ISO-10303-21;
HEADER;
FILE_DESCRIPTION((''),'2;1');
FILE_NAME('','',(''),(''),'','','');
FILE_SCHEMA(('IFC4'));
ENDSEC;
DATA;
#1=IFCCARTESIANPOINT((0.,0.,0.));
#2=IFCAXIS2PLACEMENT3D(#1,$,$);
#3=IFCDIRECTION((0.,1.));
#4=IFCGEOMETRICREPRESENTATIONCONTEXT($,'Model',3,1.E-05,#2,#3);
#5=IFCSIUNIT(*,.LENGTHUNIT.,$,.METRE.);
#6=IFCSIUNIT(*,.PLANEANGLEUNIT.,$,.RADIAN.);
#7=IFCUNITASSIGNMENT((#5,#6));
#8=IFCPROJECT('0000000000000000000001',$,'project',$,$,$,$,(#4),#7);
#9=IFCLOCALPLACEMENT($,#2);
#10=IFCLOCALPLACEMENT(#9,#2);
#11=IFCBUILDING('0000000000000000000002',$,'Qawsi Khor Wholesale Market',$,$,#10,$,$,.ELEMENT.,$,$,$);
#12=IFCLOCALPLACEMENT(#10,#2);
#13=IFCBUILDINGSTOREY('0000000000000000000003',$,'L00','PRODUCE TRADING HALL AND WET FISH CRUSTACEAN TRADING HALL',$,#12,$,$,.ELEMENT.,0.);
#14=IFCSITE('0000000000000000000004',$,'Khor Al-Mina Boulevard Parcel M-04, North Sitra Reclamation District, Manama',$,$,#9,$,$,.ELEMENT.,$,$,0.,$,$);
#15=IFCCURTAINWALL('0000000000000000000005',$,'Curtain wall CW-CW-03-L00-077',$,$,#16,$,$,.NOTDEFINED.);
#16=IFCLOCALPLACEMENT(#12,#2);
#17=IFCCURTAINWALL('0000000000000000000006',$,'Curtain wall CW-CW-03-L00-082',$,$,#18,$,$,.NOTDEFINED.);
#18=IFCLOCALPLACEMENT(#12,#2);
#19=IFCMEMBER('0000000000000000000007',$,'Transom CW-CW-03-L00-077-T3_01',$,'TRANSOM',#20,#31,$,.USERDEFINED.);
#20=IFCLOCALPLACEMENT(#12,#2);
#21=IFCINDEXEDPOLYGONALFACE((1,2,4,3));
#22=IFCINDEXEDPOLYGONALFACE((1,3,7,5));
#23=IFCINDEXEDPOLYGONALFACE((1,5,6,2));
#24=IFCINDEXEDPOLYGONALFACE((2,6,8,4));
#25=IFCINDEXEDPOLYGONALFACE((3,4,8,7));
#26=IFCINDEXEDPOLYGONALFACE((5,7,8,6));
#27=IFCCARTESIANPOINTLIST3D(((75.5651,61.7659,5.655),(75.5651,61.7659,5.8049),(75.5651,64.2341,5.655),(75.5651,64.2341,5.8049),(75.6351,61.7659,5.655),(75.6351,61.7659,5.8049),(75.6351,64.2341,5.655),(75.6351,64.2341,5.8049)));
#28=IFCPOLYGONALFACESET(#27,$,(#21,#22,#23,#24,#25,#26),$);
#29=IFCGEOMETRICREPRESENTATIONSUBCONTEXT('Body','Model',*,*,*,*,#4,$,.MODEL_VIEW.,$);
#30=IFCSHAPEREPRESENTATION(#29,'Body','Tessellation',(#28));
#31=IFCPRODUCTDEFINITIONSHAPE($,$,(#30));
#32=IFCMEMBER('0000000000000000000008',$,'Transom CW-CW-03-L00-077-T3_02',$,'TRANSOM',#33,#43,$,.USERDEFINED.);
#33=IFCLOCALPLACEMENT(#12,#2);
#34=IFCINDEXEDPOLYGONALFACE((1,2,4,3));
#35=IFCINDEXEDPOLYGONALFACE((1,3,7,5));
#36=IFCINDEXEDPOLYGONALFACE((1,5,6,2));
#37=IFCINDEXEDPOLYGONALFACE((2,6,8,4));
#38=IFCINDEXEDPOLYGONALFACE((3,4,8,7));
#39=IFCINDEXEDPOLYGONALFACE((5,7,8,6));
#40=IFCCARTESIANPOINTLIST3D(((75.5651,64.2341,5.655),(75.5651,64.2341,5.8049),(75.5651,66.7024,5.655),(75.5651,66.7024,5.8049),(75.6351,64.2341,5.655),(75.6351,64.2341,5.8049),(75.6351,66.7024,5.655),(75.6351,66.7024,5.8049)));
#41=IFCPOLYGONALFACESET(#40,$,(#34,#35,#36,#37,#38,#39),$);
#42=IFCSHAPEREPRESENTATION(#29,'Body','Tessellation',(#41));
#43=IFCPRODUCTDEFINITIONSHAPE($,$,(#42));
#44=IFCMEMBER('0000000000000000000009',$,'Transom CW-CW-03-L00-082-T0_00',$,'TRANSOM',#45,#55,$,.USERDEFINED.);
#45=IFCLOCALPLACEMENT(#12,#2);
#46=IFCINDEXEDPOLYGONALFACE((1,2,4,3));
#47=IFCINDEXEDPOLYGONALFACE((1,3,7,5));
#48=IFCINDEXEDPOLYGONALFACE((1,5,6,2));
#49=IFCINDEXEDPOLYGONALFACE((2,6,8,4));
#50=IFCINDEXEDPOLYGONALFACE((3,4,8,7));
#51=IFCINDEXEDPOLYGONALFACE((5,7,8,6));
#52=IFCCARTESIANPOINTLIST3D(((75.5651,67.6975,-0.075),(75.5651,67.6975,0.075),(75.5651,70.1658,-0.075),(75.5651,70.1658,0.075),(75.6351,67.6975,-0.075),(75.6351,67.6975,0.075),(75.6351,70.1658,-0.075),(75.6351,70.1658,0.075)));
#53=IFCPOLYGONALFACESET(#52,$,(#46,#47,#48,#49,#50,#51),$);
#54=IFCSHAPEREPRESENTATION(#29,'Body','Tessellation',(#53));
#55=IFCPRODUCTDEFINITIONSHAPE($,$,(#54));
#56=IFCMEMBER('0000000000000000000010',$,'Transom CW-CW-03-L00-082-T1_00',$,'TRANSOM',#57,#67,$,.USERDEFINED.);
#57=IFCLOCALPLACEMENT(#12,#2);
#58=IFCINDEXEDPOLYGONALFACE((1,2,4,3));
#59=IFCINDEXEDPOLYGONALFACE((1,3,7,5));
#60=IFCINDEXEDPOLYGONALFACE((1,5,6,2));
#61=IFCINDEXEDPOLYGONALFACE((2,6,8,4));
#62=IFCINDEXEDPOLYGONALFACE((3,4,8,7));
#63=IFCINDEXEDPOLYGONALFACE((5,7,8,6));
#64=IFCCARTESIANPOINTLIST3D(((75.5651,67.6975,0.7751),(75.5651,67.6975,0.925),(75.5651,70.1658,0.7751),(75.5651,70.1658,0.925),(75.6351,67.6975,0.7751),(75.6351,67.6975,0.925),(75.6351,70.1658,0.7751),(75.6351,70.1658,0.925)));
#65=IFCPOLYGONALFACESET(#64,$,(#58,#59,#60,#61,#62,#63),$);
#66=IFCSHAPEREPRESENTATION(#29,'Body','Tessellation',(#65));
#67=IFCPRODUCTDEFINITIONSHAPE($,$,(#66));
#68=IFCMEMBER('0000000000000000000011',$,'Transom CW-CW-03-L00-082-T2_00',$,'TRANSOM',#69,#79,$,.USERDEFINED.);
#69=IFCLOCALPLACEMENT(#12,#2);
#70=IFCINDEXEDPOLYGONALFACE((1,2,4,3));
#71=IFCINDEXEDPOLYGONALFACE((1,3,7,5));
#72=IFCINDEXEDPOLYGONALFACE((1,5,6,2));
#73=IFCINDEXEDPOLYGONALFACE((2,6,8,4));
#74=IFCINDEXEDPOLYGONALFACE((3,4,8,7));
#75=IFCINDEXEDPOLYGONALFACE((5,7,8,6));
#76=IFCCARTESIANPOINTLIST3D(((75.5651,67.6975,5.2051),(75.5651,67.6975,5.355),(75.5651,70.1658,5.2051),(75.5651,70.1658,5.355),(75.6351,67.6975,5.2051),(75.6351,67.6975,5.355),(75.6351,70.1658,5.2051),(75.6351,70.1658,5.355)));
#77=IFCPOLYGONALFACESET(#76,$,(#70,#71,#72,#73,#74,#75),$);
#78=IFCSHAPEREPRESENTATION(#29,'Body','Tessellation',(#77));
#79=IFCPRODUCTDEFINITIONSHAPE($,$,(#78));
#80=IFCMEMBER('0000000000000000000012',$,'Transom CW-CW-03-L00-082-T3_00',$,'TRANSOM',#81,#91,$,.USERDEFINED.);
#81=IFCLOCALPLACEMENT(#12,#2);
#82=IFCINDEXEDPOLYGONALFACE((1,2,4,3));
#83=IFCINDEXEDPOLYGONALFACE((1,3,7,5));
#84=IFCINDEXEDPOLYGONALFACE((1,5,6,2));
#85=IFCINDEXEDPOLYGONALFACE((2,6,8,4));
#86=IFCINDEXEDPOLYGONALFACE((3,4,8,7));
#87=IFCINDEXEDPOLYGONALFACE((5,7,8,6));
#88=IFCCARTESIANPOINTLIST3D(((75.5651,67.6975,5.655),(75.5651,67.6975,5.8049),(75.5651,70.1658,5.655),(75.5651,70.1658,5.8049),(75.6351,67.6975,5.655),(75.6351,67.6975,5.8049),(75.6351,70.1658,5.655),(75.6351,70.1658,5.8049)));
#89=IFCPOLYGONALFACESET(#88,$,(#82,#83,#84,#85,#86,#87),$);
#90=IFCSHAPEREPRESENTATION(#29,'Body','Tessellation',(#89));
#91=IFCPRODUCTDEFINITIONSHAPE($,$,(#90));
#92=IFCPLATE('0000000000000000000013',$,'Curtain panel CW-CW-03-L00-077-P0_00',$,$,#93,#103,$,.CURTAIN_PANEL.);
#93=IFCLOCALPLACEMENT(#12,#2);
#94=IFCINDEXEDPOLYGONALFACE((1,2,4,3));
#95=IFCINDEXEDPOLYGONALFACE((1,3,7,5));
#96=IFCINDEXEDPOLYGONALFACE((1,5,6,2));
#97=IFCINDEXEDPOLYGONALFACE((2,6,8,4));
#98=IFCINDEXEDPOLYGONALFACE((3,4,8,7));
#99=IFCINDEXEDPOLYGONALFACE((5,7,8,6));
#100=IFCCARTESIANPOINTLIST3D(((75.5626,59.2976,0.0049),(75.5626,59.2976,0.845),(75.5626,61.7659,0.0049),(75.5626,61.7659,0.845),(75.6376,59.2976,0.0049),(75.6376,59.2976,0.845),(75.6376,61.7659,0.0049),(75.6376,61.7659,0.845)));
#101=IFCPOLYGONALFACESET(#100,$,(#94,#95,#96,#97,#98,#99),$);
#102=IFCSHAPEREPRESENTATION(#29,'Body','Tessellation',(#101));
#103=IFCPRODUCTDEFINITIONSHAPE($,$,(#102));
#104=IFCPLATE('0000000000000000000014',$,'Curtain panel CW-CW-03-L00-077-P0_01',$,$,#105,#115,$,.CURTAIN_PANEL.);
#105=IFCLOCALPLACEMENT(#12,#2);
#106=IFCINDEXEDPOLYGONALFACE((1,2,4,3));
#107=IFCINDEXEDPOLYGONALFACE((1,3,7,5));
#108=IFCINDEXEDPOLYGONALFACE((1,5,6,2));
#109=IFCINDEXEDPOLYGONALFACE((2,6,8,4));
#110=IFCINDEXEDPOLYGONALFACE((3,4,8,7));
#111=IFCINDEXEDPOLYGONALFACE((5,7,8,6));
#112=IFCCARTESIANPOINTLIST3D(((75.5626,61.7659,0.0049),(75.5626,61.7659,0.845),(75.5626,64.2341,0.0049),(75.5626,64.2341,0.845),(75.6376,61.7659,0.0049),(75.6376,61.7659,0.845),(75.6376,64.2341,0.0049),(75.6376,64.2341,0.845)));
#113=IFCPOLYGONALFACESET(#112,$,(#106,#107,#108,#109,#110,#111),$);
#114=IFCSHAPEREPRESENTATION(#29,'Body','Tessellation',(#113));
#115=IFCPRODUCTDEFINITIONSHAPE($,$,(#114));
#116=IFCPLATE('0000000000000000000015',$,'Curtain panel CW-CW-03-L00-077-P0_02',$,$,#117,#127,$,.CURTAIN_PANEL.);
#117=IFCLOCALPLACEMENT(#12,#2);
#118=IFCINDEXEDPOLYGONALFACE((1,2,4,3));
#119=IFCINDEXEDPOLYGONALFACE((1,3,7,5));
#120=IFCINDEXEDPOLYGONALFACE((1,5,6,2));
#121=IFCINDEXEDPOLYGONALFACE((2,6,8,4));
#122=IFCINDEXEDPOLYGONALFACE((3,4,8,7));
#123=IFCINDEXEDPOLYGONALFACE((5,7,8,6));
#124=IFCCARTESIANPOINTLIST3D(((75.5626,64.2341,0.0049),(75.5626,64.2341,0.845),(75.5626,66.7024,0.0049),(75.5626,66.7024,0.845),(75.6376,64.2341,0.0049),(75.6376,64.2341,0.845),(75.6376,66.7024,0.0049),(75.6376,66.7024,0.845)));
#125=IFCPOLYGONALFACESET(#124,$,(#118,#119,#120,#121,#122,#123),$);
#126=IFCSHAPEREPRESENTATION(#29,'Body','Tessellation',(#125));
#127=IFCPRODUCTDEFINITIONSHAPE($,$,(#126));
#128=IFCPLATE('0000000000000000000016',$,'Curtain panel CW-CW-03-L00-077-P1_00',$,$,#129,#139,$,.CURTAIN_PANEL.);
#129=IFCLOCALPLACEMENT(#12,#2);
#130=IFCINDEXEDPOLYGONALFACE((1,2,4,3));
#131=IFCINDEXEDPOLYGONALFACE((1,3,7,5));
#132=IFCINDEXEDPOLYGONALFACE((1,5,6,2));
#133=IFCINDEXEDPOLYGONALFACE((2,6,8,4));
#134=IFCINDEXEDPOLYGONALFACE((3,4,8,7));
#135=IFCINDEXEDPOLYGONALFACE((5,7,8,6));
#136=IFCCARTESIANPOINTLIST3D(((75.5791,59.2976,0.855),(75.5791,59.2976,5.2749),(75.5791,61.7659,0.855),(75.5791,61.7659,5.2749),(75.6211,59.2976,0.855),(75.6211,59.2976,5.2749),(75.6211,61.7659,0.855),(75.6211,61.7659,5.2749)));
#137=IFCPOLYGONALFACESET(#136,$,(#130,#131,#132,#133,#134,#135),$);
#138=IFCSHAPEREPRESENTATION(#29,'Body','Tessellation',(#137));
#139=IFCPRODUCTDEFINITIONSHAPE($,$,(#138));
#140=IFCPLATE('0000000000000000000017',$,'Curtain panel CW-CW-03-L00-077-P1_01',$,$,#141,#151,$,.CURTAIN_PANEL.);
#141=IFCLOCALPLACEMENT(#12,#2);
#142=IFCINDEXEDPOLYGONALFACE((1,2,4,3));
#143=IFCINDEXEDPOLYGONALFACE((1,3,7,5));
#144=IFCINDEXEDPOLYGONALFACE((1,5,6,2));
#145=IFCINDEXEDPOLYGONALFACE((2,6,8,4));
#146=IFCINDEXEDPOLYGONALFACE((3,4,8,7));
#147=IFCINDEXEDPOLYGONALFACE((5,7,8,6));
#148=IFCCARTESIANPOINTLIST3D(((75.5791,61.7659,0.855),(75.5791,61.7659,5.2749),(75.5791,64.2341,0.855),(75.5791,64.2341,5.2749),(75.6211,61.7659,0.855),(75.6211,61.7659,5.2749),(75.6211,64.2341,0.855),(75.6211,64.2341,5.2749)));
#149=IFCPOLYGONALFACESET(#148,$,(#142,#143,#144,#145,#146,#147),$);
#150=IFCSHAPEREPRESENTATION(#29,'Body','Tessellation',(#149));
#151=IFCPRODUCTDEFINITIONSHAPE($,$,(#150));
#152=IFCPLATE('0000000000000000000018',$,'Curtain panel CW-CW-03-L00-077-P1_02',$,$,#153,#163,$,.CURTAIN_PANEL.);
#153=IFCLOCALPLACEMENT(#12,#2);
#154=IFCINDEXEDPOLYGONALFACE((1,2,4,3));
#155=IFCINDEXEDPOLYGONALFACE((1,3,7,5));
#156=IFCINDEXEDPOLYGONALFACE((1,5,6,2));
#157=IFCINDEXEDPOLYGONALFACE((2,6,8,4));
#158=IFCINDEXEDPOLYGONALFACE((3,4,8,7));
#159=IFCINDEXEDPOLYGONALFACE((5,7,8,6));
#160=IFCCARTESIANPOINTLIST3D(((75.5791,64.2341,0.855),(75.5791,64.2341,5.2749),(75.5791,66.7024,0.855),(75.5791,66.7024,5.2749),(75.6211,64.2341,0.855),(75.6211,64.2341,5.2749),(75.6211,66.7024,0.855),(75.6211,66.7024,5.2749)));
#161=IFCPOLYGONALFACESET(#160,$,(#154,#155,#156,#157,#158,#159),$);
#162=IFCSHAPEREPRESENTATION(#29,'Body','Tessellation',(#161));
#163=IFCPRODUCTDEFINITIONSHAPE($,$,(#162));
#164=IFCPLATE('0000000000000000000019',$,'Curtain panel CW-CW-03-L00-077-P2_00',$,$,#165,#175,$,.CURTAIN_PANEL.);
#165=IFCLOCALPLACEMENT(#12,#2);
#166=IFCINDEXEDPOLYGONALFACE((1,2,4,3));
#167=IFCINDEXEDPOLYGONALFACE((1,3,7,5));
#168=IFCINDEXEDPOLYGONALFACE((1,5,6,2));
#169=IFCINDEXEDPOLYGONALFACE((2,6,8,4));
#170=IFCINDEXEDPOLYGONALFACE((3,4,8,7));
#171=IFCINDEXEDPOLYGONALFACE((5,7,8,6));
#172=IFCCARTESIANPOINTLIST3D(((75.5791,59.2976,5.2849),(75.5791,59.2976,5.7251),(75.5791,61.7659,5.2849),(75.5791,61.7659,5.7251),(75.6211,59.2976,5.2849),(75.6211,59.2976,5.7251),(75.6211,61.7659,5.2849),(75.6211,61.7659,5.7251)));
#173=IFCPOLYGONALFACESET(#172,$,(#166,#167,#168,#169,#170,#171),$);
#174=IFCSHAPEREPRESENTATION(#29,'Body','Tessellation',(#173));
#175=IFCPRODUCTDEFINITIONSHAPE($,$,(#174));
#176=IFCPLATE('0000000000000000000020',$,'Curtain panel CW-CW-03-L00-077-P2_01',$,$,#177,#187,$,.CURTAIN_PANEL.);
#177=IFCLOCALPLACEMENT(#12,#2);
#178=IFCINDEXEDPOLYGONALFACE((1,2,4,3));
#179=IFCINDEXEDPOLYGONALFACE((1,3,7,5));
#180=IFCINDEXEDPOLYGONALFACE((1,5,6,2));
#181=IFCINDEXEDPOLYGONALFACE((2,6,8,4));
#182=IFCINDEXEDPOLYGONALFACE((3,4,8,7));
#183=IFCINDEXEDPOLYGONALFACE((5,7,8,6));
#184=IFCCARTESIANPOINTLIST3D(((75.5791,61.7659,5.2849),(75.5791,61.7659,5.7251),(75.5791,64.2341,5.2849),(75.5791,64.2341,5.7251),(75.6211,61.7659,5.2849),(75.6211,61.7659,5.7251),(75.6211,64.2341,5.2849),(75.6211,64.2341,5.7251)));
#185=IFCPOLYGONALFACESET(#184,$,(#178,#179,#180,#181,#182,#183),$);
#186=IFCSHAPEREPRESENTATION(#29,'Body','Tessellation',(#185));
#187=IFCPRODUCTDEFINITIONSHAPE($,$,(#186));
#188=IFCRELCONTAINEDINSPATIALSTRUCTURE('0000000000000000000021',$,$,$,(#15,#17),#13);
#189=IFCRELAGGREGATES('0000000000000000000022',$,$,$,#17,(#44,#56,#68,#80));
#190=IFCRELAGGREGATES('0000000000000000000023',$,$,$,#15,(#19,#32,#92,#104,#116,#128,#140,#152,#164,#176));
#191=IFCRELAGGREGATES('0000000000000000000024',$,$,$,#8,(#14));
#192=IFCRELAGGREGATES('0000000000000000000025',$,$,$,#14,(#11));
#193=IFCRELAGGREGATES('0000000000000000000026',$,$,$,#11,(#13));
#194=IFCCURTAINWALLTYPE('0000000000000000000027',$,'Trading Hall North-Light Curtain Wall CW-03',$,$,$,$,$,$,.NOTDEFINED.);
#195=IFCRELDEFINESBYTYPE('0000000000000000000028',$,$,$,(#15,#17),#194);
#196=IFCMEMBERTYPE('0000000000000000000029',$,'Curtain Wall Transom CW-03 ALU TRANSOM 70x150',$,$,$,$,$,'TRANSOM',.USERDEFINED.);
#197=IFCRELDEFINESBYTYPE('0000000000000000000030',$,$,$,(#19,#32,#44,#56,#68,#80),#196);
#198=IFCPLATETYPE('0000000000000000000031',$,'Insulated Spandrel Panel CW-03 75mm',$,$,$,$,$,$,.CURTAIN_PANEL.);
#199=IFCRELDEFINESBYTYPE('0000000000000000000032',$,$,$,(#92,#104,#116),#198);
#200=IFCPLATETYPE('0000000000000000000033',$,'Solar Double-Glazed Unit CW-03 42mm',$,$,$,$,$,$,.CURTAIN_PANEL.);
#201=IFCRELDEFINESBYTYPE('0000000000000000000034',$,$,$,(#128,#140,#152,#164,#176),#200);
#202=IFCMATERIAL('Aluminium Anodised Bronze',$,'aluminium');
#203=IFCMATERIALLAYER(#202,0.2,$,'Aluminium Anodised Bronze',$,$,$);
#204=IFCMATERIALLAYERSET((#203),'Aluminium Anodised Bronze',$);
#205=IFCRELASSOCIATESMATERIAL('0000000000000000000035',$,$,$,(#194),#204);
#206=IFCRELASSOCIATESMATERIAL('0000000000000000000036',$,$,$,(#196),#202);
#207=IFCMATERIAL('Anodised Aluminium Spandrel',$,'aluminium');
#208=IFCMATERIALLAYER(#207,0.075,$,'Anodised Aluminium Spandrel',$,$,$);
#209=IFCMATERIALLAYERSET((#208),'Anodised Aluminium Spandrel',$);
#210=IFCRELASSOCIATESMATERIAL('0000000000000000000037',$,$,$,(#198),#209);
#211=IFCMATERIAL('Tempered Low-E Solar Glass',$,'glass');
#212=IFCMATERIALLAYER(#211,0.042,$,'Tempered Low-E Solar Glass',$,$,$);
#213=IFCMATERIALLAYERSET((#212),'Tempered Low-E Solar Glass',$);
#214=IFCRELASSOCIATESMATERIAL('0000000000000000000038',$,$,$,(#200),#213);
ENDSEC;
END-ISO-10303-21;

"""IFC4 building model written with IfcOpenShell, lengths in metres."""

from ifc_helpers import new_model, si_unit, direction, frame, frame_2d, origin, origin_2d, place, context, subcontext, project, spatial, rectangle, extrude, material, layer, layer_set, material_profile, profile_set, type_object, element, aggregate, save


model = new_model("IFC4")

# Units and contexts
model_context = context("Model", 3, precision=1e-05, world=origin(), true_north=direction((0.0, 1.0)))
body_context = subcontext(model_context, "Body", "Model", "MODEL_VIEW")
ifc_project = project(units=[si_unit("LENGTHUNIT", "METRE"), si_unit("PLANEANGLEUNIT", "RADIAN")], contexts=[model_context])

# Site, building, storey
site_placement = place(None, origin())
site = spatial("IfcSite", under=ifc_project, at=site_placement, Name="Khor Al-Mina Boulevard Parcel M-04, North Sitra Reclamation District, Manama", CompositionType="ELEMENT", RefElevation=0.0)
building_placement = place(site_placement, origin())
building = spatial("IfcBuilding", under=site, at=building_placement, Name="Qawsi Khor Wholesale Market", CompositionType="ELEMENT")
storey_placement = place(building_placement, origin())
storey = spatial("IfcBuildingStorey", under=building, at=storey_placement, Name="L00", Description="PRODUCE TRADING HALL AND WET FISH CRUSTACEAN TRADING HALL", CompositionType="ELEMENT", Elevation=0.0)

# Curtain wall
ifc_material_1 = material(Name="Aluminium Anodised Bronze", Category="aluminium")
ifc_layer_1 = layer(ifc_material_1, 0.2, Name="Aluminium Anodised Bronze")
ifc_layer_set_1 = layer_set([ifc_layer_1], Name="Aluminium Anodised Bronze")
curtain_wall_type = type_object("IfcCurtainWallType", Name="Trading Hall North-Light Curtain Wall CW-03", PredefinedType="NOTDEFINED", material=ifc_layer_set_1)
curtain_wall_1_placement = place(storey_placement, origin())
curtain_wall_1 = element("IfcCurtainWall", 1, at=curtain_wall_1_placement, inside=storey, type_object=curtain_wall_type, Name="Curtain wall CW-CW-03-L00-077", PredefinedType="NOTDEFINED")

# Curtain wall
curtain_wall_2_placement = place(storey_placement, origin())
curtain_wall_2 = element("IfcCurtainWall", 2, at=curtain_wall_2_placement, inside=storey, type_object=curtain_wall_type, Name="Curtain wall CW-CW-03-L00-082", PredefinedType="NOTDEFINED")

# Members
ifc_material_profile_1 = material_profile(ifc_material_1, rectangle(XDim=0.0701, YDim=0.1499, at=origin_2d()), Name="ALU TRANSOM 70x150")
ifc_profile_set_1 = profile_set([ifc_material_profile_1], Name="Aluminium Anodised Bronze")
member_type_1 = type_object("IfcMemberType", Name="Curtain Wall Transom CW-03 ALU TRANSOM 70x150", ElementType="TRANSOM", PredefinedType="USERDEFINED", material=ifc_profile_set_1)
member_1_placement = place(storey_placement, frame((75.6001, 61.7659, 5.73), z_axis=(0.0, 1.0, 0.0), x_axis=(-1.0, 0.0, 0.0)))
member_1 = element("IfcMember", 3, at=member_1_placement, type_object=member_type_1, Name="Transom CW-CW-03-L00-077-T3_01", ObjectType="TRANSOM", PredefinedType="USERDEFINED", context=body_context, shape_type="SweptSolid", body=[
    extrude(rectangle(XDim=0.0701, YDim=0.1499, at=origin_2d()), origin(), (0.0, 0.0, 1.0), 2.4683),
])
member_2_placement = place(storey_placement, frame((75.6001, 64.2341, 5.73), z_axis=(0.0, 1.0, 0.0), x_axis=(-1.0, 0.0, 0.0)))
member_2 = element("IfcMember", 4, at=member_2_placement, type_object=member_type_1, Name="Transom CW-CW-03-L00-077-T3_02", ObjectType="TRANSOM", PredefinedType="USERDEFINED", context=body_context, shape_type="SweptSolid", body=[
    extrude(rectangle(XDim=0.0701, YDim=0.1499, at=origin_2d()), origin(), (0.0, 0.0, 1.0), 2.4683),
])
member_3_placement = place(storey_placement, frame((75.6001, 67.6975, 0.0), z_axis=(0.0, 1.0, 0.0), x_axis=(-1.0, 0.0, 0.0)))
member_3 = element("IfcMember", 5, at=member_3_placement, type_object=member_type_1, Name="Transom CW-CW-03-L00-082-T0_00", ObjectType="TRANSOM", PredefinedType="USERDEFINED", context=body_context, shape_type="SweptSolid", body=[
    extrude(rectangle(XDim=0.0701, YDim=0.1499, at=origin_2d()), origin(), (0.0, 0.0, 1.0), 2.4683),
])
member_4_placement = place(storey_placement, frame((75.6001, 67.6975, 0.8501), z_axis=(0.0, 1.0, 0.0), x_axis=(-1.0, 0.0, 0.0)))
member_4 = element("IfcMember", 6, at=member_4_placement, type_object=member_type_1, Name="Transom CW-CW-03-L00-082-T1_00", ObjectType="TRANSOM", PredefinedType="USERDEFINED", context=body_context, shape_type="SweptSolid", body=[
    extrude(rectangle(XDim=0.0701, YDim=0.1499, at=origin_2d()), origin(), (0.0, 0.0, 1.0), 2.4683),
])
member_5_placement = place(storey_placement, frame((75.6001, 67.6975, 5.28), z_axis=(0.0, 1.0, 0.0), x_axis=(-1.0, 0.0, 0.0)))
member_5 = element("IfcMember", 7, at=member_5_placement, type_object=member_type_1, Name="Transom CW-CW-03-L00-082-T2_00", ObjectType="TRANSOM", PredefinedType="USERDEFINED", context=body_context, shape_type="SweptSolid", body=[
    extrude(rectangle(XDim=0.0701, YDim=0.1499, at=origin_2d()), origin(), (0.0, 0.0, 1.0), 2.4683),
])
member_6_placement = place(storey_placement, frame((75.6001, 67.6975, 5.73), z_axis=(0.0, 1.0, 0.0), x_axis=(-1.0, 0.0, 0.0)))
member_6 = element("IfcMember", 8, at=member_6_placement, type_object=member_type_1, Name="Transom CW-CW-03-L00-082-T3_00", ObjectType="TRANSOM", PredefinedType="USERDEFINED", context=body_context, shape_type="SweptSolid", body=[
    extrude(rectangle(XDim=0.0701, YDim=0.1499, at=origin_2d()), origin(), (0.0, 0.0, 1.0), 2.4683),
])
aggregate(curtain_wall_2, [member_3, member_4, member_5, member_6])

# Plates
ifc_material_2 = material(Name="Anodised Aluminium Spandrel", Category="aluminium")
ifc_layer_2 = layer(ifc_material_2, 0.075, Name="Anodised Aluminium Spandrel")
ifc_layer_set_2 = layer_set([ifc_layer_2], Name="Anodised Aluminium Spandrel")
plate_type_1 = type_object("IfcPlateType", Name="Insulated Spandrel Panel CW-03 75mm", PredefinedType="CURTAIN_PANEL", material=ifc_layer_set_2)
plate_1_placement = place(storey_placement, frame((75.6001, 59.2976, 0.0049), z_axis=(0.0, 0.0, 1.0), x_axis=(0.0, 1.0, 0.0)))
plate_1 = element("IfcPlate", 9, at=plate_1_placement, type_object=plate_type_1, Name="Curtain panel CW-CW-03-L00-077-P0_00", PredefinedType="CURTAIN_PANEL", context=body_context, shape_type="SweptSolid", body=[
    extrude(rectangle(XDim=2.4683, YDim=0.075, at=frame_2d((1.2341, 0.0))), origin(), (0.0, 0.0, 1.0), 0.8401),
])
plate_2_placement = place(storey_placement, frame((75.6001, 61.7659, 0.0049), z_axis=(0.0, 0.0, 1.0), x_axis=(0.0, 1.0, 0.0)))
plate_2 = element("IfcPlate", 10, at=plate_2_placement, type_object=plate_type_1, Name="Curtain panel CW-CW-03-L00-077-P0_01", PredefinedType="CURTAIN_PANEL", context=body_context, shape_type="SweptSolid", body=[
    extrude(rectangle(XDim=2.4683, YDim=0.075, at=frame_2d((1.2341, 0.0))), origin(), (0.0, 0.0, 1.0), 0.8401),
])
plate_3_placement = place(storey_placement, frame((75.6001, 64.2341, 0.0049), z_axis=(0.0, 0.0, 1.0), x_axis=(0.0, 1.0, 0.0)))
plate_3 = element("IfcPlate", 11, at=plate_3_placement, type_object=plate_type_1, Name="Curtain panel CW-CW-03-L00-077-P0_02", PredefinedType="CURTAIN_PANEL", context=body_context, shape_type="SweptSolid", body=[
    extrude(rectangle(XDim=2.4683, YDim=0.075, at=frame_2d((1.2341, 0.0))), origin(), (0.0, 0.0, 1.0), 0.8401),
])
ifc_material_3 = material(Name="Tempered Low-E Solar Glass", Category="glass")
ifc_layer_3 = layer(ifc_material_3, 0.042, Name="Tempered Low-E Solar Glass")
ifc_layer_set_3 = layer_set([ifc_layer_3], Name="Tempered Low-E Solar Glass")
plate_type_2 = type_object("IfcPlateType", Name="Solar Double-Glazed Unit CW-03 42mm", PredefinedType="CURTAIN_PANEL", material=ifc_layer_set_3)
plate_4_placement = place(storey_placement, frame((75.6001, 59.2976, 0.855), z_axis=(0.0, 0.0, 1.0), x_axis=(0.0, 1.0, 0.0)))
plate_4 = element("IfcPlate", 12, at=plate_4_placement, type_object=plate_type_2, Name="Curtain panel CW-CW-03-L00-077-P1_00", PredefinedType="CURTAIN_PANEL", context=body_context, shape_type="SweptSolid", body=[
    extrude(rectangle(XDim=2.4683, YDim=0.042, at=frame_2d((1.2341, 0.0))), origin(), (0.0, 0.0, 1.0), 4.4199),
])
plate_5_placement = place(storey_placement, frame((75.6001, 61.7659, 0.855), z_axis=(0.0, 0.0, 1.0), x_axis=(0.0, 1.0, 0.0)))
plate_5 = element("IfcPlate", 13, at=plate_5_placement, type_object=plate_type_2, Name="Curtain panel CW-CW-03-L00-077-P1_01", PredefinedType="CURTAIN_PANEL", context=body_context, shape_type="SweptSolid", body=[
    extrude(rectangle(XDim=2.4683, YDim=0.042, at=frame_2d((1.2341, 0.0))), origin(), (0.0, 0.0, 1.0), 4.4199),
])
plate_6_placement = place(storey_placement, frame((75.6001, 64.2341, 0.855), z_axis=(0.0, 0.0, 1.0), x_axis=(0.0, 1.0, 0.0)))
plate_6 = element("IfcPlate", 14, at=plate_6_placement, type_object=plate_type_2, Name="Curtain panel CW-CW-03-L00-077-P1_02", PredefinedType="CURTAIN_PANEL", context=body_context, shape_type="SweptSolid", body=[
    extrude(rectangle(XDim=2.4683, YDim=0.042, at=frame_2d((1.2341, 0.0))), origin(), (0.0, 0.0, 1.0), 4.4199),
])
plate_7_placement = place(storey_placement, frame((75.6001, 59.2976, 5.2849), z_axis=(0.0, 0.0, 1.0), x_axis=(0.0, 1.0, 0.0)))
plate_7 = element("IfcPlate", 15, at=plate_7_placement, type_object=plate_type_2, Name="Curtain panel CW-CW-03-L00-077-P2_00", PredefinedType="CURTAIN_PANEL", context=body_context, shape_type="SweptSolid", body=[
    extrude(rectangle(XDim=2.4683, YDim=0.042, at=frame_2d((1.2341, 0.0))), origin(), (0.0, 0.0, 1.0), 0.4402),
])
plate_8_placement = place(storey_placement, frame((75.6001, 61.7659, 5.2849), z_axis=(0.0, 0.0, 1.0), x_axis=(0.0, 1.0, 0.0)))
plate_8 = element("IfcPlate", 16, at=plate_8_placement, type_object=plate_type_2, Name="Curtain panel CW-CW-03-L00-077-P2_01", PredefinedType="CURTAIN_PANEL", context=body_context, shape_type="SweptSolid", body=[
    extrude(rectangle(XDim=2.4683, YDim=0.042, at=frame_2d((1.2341, 0.0))), origin(), (0.0, 0.0, 1.0), 0.4402),
])
aggregate(curtain_wall_1, [member_1, member_2, plate_1, plate_2, plate_3, plate_4, plate_5, plate_6, plate_7, plate_8])

save(model, "model.ifc")
